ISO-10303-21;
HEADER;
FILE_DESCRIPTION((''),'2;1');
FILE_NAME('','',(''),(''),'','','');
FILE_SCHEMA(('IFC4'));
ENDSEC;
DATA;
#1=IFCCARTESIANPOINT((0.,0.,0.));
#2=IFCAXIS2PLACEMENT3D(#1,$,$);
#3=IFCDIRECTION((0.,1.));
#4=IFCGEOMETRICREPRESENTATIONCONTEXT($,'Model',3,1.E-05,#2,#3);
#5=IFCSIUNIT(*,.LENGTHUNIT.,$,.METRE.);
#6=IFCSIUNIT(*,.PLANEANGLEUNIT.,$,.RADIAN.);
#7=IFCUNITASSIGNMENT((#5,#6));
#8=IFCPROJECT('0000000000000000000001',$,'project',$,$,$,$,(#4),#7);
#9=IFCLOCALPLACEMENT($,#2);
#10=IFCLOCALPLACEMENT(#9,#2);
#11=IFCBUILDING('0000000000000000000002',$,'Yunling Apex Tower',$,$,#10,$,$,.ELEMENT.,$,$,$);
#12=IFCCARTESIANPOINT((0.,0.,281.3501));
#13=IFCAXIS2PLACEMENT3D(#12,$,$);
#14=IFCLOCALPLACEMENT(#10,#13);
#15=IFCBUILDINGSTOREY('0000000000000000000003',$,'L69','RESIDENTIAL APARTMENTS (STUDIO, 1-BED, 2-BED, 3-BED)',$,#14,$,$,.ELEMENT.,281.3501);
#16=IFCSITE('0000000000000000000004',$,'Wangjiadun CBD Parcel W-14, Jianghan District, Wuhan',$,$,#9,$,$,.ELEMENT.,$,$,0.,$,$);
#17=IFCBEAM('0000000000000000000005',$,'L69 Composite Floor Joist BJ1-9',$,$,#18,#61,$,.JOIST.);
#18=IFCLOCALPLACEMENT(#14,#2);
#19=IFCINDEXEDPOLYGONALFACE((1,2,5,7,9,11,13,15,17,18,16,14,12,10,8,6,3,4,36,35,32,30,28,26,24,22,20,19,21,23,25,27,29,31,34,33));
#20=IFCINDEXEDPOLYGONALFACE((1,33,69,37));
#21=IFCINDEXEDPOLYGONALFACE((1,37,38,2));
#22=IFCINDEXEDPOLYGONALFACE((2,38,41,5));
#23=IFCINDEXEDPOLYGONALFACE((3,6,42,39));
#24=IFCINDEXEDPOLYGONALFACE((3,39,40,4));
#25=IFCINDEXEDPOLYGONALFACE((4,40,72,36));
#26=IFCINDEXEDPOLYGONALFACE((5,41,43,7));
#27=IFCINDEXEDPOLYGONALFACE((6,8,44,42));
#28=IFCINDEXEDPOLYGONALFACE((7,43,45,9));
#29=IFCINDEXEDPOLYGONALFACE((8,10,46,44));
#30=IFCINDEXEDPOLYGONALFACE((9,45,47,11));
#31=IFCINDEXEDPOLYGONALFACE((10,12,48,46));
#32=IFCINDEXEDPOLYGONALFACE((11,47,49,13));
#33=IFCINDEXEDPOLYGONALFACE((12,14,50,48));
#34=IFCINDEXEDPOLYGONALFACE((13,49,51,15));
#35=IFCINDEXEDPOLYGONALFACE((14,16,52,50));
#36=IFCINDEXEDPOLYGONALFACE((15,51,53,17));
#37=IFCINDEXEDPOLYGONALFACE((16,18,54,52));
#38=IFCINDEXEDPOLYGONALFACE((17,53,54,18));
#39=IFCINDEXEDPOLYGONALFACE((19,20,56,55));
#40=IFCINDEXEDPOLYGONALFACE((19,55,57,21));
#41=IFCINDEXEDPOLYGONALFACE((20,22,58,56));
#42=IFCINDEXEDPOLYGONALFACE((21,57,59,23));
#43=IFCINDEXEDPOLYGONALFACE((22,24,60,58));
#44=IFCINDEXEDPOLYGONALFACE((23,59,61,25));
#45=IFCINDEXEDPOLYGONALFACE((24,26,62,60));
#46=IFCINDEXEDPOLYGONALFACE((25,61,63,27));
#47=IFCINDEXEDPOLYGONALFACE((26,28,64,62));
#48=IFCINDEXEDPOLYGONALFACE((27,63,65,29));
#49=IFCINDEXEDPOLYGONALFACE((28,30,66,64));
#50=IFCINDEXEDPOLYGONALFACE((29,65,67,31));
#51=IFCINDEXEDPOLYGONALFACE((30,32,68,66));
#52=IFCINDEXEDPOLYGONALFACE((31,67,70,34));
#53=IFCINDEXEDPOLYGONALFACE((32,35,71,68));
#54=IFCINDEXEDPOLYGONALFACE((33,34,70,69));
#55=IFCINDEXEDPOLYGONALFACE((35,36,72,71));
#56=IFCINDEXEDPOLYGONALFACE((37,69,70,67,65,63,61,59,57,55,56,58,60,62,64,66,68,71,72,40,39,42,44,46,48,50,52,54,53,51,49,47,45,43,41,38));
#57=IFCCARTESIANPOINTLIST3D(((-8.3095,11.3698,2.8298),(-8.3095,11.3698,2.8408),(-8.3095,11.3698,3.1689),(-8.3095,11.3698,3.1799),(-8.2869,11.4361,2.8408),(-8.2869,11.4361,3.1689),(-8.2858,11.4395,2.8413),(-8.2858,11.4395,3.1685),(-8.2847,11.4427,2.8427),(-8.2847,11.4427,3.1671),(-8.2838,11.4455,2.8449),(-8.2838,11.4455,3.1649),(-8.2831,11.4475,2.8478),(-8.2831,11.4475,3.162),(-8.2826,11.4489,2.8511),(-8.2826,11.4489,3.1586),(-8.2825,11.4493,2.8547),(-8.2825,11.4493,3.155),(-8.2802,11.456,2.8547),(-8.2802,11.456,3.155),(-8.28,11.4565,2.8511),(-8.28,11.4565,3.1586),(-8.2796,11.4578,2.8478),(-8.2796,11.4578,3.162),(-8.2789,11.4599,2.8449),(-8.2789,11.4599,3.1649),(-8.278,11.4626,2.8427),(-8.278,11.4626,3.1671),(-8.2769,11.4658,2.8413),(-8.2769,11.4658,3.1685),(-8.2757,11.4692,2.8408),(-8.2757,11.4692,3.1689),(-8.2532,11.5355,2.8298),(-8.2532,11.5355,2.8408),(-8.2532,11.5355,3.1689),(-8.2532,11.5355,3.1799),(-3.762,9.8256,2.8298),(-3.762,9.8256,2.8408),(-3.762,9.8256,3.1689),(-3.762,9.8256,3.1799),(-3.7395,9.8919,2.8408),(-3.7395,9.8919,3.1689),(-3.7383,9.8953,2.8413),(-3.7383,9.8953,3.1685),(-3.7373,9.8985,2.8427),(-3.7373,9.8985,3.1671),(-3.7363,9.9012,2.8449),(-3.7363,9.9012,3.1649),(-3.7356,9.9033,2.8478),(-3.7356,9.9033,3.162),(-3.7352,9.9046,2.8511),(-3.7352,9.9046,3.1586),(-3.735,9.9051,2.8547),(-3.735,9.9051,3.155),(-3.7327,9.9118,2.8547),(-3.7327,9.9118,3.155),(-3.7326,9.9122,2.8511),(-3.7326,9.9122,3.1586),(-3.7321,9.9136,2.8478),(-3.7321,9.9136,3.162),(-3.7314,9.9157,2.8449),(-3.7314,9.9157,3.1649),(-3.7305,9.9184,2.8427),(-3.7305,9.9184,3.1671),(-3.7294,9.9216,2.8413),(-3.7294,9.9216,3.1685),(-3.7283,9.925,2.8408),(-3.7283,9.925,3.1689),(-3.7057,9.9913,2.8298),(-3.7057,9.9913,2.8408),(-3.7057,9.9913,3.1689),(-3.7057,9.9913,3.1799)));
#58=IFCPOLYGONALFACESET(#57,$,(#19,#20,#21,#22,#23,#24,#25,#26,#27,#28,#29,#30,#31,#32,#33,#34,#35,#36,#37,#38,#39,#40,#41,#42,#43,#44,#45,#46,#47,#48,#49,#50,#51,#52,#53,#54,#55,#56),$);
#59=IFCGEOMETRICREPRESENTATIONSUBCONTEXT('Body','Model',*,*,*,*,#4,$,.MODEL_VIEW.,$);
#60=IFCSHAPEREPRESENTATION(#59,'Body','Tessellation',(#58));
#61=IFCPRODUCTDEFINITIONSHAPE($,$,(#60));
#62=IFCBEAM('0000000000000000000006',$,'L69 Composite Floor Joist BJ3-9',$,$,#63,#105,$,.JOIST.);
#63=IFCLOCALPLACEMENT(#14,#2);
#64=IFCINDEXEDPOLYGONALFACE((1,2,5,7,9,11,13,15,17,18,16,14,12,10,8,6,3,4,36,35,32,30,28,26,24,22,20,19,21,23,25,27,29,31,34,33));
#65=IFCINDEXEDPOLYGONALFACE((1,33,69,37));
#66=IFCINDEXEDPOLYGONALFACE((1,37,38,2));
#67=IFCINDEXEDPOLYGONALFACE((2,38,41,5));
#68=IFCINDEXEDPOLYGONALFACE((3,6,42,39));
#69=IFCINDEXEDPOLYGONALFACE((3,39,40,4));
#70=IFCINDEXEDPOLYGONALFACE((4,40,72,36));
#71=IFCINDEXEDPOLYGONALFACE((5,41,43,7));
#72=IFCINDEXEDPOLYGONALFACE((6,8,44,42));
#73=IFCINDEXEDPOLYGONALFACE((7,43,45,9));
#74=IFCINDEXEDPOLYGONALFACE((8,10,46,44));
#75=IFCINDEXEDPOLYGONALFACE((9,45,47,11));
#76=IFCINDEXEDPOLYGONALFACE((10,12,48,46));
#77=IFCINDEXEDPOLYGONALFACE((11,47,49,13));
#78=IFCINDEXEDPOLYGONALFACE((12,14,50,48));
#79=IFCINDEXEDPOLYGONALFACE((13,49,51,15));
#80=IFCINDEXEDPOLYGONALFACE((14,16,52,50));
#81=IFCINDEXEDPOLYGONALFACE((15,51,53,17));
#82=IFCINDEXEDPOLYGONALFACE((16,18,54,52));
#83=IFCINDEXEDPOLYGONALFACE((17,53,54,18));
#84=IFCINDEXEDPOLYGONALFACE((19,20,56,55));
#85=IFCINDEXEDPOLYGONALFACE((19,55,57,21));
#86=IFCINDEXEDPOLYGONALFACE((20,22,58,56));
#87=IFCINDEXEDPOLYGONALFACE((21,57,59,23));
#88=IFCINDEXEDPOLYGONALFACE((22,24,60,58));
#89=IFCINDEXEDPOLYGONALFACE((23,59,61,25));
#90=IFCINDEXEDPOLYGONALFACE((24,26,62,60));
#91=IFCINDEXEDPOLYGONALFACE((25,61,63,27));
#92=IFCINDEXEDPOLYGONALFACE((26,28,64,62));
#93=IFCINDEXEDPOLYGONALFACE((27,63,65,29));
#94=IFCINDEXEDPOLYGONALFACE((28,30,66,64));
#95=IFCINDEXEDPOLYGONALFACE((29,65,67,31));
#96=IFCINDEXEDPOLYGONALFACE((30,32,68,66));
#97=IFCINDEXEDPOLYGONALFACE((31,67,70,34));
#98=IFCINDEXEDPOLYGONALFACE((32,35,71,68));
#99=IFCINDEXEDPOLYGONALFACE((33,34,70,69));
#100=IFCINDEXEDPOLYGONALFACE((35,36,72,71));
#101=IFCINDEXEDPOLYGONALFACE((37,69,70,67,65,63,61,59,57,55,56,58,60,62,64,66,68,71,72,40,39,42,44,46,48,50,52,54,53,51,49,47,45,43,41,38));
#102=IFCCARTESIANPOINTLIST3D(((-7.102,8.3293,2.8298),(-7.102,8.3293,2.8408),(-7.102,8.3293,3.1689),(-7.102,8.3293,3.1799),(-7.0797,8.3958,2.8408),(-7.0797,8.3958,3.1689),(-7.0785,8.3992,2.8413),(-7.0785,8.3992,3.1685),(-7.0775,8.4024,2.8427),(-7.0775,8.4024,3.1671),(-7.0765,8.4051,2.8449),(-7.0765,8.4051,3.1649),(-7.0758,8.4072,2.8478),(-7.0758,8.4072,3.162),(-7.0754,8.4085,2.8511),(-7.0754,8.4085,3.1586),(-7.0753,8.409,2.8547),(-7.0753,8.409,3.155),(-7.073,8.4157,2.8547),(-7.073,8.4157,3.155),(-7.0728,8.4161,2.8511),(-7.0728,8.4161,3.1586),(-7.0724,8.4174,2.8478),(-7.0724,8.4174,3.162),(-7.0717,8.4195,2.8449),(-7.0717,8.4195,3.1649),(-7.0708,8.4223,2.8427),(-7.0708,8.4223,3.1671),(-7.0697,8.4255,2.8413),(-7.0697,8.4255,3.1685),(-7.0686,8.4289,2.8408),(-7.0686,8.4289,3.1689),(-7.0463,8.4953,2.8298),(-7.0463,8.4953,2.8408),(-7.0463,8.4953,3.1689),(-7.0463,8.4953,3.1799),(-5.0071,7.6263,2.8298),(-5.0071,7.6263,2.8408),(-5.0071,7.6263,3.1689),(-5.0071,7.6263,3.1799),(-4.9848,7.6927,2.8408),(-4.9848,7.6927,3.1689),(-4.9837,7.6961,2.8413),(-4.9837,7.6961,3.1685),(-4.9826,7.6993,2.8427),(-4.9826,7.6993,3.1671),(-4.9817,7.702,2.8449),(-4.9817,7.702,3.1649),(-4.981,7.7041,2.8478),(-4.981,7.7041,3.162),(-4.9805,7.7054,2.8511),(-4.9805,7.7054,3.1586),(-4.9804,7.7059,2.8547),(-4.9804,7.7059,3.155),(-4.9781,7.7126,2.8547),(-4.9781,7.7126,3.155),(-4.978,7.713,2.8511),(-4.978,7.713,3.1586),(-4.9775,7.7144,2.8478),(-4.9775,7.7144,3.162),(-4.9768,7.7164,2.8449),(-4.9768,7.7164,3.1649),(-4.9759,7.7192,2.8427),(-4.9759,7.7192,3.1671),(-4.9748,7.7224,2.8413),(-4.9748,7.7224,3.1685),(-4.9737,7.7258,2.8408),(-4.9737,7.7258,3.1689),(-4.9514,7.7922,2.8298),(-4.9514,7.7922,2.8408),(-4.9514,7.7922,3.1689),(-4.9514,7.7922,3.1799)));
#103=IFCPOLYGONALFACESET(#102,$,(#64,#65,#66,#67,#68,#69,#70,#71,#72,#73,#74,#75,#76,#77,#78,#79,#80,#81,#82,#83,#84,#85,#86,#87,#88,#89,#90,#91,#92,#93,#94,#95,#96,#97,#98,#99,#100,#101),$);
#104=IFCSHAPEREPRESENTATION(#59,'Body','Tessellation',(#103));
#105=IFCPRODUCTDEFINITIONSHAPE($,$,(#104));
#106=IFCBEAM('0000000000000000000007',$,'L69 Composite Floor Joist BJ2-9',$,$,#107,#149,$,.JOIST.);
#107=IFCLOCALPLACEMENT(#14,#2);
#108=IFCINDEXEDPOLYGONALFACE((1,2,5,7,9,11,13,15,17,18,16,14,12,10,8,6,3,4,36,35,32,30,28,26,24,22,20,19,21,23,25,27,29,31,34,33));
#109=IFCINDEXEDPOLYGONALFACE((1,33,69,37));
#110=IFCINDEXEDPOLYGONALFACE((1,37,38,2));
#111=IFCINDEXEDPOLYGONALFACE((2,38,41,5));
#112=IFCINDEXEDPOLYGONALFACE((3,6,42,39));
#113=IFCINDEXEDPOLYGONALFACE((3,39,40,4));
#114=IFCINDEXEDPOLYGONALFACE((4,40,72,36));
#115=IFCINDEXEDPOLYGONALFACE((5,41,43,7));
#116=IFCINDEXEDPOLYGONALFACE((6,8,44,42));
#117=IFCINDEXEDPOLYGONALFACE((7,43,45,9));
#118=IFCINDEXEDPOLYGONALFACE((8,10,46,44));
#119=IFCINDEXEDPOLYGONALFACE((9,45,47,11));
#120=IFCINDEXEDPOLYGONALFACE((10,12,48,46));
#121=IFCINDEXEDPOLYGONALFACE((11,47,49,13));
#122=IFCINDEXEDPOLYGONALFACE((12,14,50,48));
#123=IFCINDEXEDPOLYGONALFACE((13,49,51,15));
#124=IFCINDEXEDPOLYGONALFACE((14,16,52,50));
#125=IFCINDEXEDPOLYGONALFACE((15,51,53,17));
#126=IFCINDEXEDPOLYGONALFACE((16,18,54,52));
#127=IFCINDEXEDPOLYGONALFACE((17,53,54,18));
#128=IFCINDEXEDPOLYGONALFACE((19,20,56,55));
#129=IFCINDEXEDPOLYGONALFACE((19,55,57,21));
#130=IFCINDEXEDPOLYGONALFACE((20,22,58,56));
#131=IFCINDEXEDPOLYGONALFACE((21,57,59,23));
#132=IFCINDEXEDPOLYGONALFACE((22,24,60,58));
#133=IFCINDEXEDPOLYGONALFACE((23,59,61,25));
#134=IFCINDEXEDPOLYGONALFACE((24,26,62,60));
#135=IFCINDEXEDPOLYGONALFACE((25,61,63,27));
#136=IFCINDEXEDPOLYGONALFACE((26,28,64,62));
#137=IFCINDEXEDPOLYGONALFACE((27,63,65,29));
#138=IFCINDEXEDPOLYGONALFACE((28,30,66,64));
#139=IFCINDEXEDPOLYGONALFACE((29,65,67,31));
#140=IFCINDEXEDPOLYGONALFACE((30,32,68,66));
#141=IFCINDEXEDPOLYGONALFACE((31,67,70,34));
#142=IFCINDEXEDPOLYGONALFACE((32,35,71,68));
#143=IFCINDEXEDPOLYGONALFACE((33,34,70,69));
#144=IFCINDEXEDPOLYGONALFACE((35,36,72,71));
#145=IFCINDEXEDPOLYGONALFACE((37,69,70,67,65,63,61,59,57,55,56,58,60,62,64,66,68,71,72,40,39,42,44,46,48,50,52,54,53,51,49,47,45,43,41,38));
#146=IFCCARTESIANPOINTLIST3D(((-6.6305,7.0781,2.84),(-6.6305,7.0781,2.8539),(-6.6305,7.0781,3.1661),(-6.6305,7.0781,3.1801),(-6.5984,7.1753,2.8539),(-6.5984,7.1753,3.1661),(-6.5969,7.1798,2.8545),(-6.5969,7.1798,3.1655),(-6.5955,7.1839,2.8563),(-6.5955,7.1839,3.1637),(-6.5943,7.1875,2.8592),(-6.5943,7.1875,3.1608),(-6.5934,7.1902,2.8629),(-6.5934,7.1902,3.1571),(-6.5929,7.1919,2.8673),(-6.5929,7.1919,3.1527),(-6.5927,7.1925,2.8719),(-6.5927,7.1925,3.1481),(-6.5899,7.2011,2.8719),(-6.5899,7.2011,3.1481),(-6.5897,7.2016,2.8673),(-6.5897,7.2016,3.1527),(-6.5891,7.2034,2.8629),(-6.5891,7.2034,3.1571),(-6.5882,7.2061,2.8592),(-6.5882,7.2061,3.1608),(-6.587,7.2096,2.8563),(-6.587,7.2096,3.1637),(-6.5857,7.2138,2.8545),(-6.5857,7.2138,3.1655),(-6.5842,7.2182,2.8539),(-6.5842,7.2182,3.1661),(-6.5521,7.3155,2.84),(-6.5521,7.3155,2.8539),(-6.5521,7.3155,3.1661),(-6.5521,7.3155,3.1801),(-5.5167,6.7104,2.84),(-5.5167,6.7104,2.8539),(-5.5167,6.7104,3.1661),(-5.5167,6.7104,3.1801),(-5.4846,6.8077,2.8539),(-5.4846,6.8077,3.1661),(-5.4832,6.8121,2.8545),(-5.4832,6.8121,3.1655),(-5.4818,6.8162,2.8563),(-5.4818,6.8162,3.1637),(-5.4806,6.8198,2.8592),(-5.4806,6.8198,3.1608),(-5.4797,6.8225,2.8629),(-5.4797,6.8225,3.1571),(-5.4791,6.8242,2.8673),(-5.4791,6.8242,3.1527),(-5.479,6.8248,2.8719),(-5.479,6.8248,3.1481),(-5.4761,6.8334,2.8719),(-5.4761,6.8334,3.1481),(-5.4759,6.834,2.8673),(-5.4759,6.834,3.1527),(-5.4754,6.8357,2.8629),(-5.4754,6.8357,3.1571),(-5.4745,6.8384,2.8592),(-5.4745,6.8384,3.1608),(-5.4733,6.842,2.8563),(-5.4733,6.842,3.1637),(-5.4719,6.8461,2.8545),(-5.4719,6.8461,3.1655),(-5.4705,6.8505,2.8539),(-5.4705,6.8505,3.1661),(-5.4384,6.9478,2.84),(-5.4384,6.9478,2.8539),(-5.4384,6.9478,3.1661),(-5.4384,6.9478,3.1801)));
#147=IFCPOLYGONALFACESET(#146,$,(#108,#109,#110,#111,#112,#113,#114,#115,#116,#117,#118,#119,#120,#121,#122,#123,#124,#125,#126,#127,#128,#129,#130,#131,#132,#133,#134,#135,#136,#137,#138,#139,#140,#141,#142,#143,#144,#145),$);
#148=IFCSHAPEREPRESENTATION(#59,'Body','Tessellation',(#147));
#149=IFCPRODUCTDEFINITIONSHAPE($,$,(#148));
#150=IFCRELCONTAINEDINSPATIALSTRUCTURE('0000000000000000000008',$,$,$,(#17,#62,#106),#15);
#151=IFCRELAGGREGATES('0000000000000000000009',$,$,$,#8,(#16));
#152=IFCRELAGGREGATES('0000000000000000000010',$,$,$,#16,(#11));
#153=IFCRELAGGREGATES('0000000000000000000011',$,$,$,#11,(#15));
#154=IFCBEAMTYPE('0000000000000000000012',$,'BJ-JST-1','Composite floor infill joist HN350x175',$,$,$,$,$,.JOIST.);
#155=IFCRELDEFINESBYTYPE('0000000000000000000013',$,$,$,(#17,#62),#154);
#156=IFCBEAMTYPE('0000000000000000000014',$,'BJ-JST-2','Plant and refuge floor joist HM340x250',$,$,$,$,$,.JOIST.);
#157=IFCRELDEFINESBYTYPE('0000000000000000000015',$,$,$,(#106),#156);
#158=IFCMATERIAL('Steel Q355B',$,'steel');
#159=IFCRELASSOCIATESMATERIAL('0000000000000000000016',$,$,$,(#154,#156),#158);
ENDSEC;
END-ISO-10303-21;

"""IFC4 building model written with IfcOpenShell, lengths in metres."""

from ifc_helpers import new_model, si_unit, direction, frame, origin, origin_2d, place, context, subcontext, project, spatial, i_section, extrude, source, transform, mapped, material, material_profile, profile_set, type_object, element, save


model = new_model("IFC4")

# Units and contexts
model_context = context("Model", 3, precision=1e-05, world=origin(), true_north=direction((0.0, 1.0)))
body_context = subcontext(model_context, "Body", "Model", "MODEL_VIEW")
ifc_project = project(units=[si_unit("LENGTHUNIT", "METRE"), si_unit("PLANEANGLEUNIT", "RADIAN")], contexts=[model_context])

# Site, building, storey
site_placement = place(None, origin())
site = spatial("IfcSite", under=ifc_project, at=site_placement, Name="Wangjiadun CBD Parcel W-14, Jianghan District, Wuhan", CompositionType="ELEMENT", RefElevation=0.0)
building_placement = place(site_placement, origin())
building = spatial("IfcBuilding", under=site, at=building_placement, Name="Yunling Apex Tower", CompositionType="ELEMENT")
storey_placement = place(building_placement, frame((0.0, 0.0, 281.3501)))
storey = spatial("IfcBuildingStorey", under=building, at=storey_placement, Name="L69", Description="RESIDENTIAL APARTMENTS (STUDIO, 1-BED, 2-BED, 3-BED)", CompositionType="ELEMENT", Elevation=281.3501)

# Shared definitions
ifc_material_1 = material(Name="Steel Q355B", Category="steel")

# Beams
ifc_material_profile_1 = material_profile(ifc_material_1, i_section(OverallWidth=0.175, OverallDepth=0.3501, WebThickness=0.0071, FlangeThickness=0.011, FilletRadius=0.0139, at=origin_2d()))
ifc_profile_set_1 = profile_set([ifc_material_profile_1], Name="Steel Q355B")
beam_type_1 = type_object("IfcBeamType", Name="BJ-JST-1", Description="Composite floor infill joist HN350x175", PredefinedType="JOIST", material=ifc_profile_set_1)
shared_shape_1 = source(origin(), body_context, "Body", "SweptSolid", [
    extrude(i_section(OverallWidth=0.175, OverallDepth=0.3501, WebThickness=0.0071, FlangeThickness=0.011, FilletRadius=0.0139, at=origin_2d()), origin(), (0.0, 0.0, 1.0), 4.8025),
])
beam_1_placement = place(storey_placement, frame((-3.7339, 9.9084, 3.0049), z_axis=(-0.946894, 0.321545, 0.0), x_axis=(-0.321545, -0.946894, 0.0)))
element("IfcBeam", 1, at=beam_1_placement, inside=storey, type_object=beam_type_1, Name="L69 Composite Floor Joist BJ1-9", PredefinedType="JOIST", context=body_context, shape_type="MappedRepresentation", body=[
    mapped(shared_shape_1, transform((0.0, 0.0, 0.0), scale=1.0)),
])
shared_shape_2 = source(origin(), body_context, "Body", "SweptSolid", [
    extrude(i_section(OverallWidth=0.175, OverallDepth=0.3501, WebThickness=0.0071, FlangeThickness=0.011, FilletRadius=0.0139, at=origin_2d()), origin(), (0.0, 0.0, 1.0), 2.2097),
])
beam_2_placement = place(storey_placement, frame((-4.9792, 7.7092, 3.0049), z_axis=(-0.948029, 0.318183, 0.0), x_axis=(-0.318183, -0.948029, 0.0)))
element("IfcBeam", 2, at=beam_2_placement, inside=storey, type_object=beam_type_1, Name="L69 Composite Floor Joist BJ3-9", PredefinedType="JOIST", context=body_context, shape_type="MappedRepresentation", body=[
    mapped(shared_shape_2, transform((0.0, 0.0, 0.0), scale=1.0)),
])
ifc_material_profile_2 = material_profile(ifc_material_1, i_section(OverallWidth=0.25, OverallDepth=0.3401, WebThickness=0.009, FlangeThickness=0.0139, FilletRadius=0.0181, at=origin_2d()))
ifc_profile_set_2 = profile_set([ifc_material_profile_2], Name="Steel Q355B")
beam_type_2 = type_object("IfcBeamType", Name="BJ-JST-2", Description="Plant and refuge floor joist HM340x250", PredefinedType="JOIST", material=ifc_profile_set_2)
shared_shape_3 = source(origin(), body_context, "Body", "SweptSolid", [
    extrude(i_section(OverallWidth=0.25, OverallDepth=0.3401, WebThickness=0.009, FlangeThickness=0.0139, FilletRadius=0.0181, at=origin_2d()), origin(), (0.0, 0.0, 1.0), 1.1729),
])
beam_3_placement = place(storey_placement, frame((-5.4775, 6.8291, 3.01), z_axis=(-0.949595, 0.313479, 0.0), x_axis=(-0.313479, -0.949595, 0.0)))
element("IfcBeam", 3, at=beam_3_placement, inside=storey, type_object=beam_type_2, Name="L69 Composite Floor Joist BJ2-9", PredefinedType="JOIST", context=body_context, shape_type="MappedRepresentation", body=[
    mapped(shared_shape_3, transform((0.0, 0.0, 0.0), scale=1.0)),
])

save(model, "model.ifc")
